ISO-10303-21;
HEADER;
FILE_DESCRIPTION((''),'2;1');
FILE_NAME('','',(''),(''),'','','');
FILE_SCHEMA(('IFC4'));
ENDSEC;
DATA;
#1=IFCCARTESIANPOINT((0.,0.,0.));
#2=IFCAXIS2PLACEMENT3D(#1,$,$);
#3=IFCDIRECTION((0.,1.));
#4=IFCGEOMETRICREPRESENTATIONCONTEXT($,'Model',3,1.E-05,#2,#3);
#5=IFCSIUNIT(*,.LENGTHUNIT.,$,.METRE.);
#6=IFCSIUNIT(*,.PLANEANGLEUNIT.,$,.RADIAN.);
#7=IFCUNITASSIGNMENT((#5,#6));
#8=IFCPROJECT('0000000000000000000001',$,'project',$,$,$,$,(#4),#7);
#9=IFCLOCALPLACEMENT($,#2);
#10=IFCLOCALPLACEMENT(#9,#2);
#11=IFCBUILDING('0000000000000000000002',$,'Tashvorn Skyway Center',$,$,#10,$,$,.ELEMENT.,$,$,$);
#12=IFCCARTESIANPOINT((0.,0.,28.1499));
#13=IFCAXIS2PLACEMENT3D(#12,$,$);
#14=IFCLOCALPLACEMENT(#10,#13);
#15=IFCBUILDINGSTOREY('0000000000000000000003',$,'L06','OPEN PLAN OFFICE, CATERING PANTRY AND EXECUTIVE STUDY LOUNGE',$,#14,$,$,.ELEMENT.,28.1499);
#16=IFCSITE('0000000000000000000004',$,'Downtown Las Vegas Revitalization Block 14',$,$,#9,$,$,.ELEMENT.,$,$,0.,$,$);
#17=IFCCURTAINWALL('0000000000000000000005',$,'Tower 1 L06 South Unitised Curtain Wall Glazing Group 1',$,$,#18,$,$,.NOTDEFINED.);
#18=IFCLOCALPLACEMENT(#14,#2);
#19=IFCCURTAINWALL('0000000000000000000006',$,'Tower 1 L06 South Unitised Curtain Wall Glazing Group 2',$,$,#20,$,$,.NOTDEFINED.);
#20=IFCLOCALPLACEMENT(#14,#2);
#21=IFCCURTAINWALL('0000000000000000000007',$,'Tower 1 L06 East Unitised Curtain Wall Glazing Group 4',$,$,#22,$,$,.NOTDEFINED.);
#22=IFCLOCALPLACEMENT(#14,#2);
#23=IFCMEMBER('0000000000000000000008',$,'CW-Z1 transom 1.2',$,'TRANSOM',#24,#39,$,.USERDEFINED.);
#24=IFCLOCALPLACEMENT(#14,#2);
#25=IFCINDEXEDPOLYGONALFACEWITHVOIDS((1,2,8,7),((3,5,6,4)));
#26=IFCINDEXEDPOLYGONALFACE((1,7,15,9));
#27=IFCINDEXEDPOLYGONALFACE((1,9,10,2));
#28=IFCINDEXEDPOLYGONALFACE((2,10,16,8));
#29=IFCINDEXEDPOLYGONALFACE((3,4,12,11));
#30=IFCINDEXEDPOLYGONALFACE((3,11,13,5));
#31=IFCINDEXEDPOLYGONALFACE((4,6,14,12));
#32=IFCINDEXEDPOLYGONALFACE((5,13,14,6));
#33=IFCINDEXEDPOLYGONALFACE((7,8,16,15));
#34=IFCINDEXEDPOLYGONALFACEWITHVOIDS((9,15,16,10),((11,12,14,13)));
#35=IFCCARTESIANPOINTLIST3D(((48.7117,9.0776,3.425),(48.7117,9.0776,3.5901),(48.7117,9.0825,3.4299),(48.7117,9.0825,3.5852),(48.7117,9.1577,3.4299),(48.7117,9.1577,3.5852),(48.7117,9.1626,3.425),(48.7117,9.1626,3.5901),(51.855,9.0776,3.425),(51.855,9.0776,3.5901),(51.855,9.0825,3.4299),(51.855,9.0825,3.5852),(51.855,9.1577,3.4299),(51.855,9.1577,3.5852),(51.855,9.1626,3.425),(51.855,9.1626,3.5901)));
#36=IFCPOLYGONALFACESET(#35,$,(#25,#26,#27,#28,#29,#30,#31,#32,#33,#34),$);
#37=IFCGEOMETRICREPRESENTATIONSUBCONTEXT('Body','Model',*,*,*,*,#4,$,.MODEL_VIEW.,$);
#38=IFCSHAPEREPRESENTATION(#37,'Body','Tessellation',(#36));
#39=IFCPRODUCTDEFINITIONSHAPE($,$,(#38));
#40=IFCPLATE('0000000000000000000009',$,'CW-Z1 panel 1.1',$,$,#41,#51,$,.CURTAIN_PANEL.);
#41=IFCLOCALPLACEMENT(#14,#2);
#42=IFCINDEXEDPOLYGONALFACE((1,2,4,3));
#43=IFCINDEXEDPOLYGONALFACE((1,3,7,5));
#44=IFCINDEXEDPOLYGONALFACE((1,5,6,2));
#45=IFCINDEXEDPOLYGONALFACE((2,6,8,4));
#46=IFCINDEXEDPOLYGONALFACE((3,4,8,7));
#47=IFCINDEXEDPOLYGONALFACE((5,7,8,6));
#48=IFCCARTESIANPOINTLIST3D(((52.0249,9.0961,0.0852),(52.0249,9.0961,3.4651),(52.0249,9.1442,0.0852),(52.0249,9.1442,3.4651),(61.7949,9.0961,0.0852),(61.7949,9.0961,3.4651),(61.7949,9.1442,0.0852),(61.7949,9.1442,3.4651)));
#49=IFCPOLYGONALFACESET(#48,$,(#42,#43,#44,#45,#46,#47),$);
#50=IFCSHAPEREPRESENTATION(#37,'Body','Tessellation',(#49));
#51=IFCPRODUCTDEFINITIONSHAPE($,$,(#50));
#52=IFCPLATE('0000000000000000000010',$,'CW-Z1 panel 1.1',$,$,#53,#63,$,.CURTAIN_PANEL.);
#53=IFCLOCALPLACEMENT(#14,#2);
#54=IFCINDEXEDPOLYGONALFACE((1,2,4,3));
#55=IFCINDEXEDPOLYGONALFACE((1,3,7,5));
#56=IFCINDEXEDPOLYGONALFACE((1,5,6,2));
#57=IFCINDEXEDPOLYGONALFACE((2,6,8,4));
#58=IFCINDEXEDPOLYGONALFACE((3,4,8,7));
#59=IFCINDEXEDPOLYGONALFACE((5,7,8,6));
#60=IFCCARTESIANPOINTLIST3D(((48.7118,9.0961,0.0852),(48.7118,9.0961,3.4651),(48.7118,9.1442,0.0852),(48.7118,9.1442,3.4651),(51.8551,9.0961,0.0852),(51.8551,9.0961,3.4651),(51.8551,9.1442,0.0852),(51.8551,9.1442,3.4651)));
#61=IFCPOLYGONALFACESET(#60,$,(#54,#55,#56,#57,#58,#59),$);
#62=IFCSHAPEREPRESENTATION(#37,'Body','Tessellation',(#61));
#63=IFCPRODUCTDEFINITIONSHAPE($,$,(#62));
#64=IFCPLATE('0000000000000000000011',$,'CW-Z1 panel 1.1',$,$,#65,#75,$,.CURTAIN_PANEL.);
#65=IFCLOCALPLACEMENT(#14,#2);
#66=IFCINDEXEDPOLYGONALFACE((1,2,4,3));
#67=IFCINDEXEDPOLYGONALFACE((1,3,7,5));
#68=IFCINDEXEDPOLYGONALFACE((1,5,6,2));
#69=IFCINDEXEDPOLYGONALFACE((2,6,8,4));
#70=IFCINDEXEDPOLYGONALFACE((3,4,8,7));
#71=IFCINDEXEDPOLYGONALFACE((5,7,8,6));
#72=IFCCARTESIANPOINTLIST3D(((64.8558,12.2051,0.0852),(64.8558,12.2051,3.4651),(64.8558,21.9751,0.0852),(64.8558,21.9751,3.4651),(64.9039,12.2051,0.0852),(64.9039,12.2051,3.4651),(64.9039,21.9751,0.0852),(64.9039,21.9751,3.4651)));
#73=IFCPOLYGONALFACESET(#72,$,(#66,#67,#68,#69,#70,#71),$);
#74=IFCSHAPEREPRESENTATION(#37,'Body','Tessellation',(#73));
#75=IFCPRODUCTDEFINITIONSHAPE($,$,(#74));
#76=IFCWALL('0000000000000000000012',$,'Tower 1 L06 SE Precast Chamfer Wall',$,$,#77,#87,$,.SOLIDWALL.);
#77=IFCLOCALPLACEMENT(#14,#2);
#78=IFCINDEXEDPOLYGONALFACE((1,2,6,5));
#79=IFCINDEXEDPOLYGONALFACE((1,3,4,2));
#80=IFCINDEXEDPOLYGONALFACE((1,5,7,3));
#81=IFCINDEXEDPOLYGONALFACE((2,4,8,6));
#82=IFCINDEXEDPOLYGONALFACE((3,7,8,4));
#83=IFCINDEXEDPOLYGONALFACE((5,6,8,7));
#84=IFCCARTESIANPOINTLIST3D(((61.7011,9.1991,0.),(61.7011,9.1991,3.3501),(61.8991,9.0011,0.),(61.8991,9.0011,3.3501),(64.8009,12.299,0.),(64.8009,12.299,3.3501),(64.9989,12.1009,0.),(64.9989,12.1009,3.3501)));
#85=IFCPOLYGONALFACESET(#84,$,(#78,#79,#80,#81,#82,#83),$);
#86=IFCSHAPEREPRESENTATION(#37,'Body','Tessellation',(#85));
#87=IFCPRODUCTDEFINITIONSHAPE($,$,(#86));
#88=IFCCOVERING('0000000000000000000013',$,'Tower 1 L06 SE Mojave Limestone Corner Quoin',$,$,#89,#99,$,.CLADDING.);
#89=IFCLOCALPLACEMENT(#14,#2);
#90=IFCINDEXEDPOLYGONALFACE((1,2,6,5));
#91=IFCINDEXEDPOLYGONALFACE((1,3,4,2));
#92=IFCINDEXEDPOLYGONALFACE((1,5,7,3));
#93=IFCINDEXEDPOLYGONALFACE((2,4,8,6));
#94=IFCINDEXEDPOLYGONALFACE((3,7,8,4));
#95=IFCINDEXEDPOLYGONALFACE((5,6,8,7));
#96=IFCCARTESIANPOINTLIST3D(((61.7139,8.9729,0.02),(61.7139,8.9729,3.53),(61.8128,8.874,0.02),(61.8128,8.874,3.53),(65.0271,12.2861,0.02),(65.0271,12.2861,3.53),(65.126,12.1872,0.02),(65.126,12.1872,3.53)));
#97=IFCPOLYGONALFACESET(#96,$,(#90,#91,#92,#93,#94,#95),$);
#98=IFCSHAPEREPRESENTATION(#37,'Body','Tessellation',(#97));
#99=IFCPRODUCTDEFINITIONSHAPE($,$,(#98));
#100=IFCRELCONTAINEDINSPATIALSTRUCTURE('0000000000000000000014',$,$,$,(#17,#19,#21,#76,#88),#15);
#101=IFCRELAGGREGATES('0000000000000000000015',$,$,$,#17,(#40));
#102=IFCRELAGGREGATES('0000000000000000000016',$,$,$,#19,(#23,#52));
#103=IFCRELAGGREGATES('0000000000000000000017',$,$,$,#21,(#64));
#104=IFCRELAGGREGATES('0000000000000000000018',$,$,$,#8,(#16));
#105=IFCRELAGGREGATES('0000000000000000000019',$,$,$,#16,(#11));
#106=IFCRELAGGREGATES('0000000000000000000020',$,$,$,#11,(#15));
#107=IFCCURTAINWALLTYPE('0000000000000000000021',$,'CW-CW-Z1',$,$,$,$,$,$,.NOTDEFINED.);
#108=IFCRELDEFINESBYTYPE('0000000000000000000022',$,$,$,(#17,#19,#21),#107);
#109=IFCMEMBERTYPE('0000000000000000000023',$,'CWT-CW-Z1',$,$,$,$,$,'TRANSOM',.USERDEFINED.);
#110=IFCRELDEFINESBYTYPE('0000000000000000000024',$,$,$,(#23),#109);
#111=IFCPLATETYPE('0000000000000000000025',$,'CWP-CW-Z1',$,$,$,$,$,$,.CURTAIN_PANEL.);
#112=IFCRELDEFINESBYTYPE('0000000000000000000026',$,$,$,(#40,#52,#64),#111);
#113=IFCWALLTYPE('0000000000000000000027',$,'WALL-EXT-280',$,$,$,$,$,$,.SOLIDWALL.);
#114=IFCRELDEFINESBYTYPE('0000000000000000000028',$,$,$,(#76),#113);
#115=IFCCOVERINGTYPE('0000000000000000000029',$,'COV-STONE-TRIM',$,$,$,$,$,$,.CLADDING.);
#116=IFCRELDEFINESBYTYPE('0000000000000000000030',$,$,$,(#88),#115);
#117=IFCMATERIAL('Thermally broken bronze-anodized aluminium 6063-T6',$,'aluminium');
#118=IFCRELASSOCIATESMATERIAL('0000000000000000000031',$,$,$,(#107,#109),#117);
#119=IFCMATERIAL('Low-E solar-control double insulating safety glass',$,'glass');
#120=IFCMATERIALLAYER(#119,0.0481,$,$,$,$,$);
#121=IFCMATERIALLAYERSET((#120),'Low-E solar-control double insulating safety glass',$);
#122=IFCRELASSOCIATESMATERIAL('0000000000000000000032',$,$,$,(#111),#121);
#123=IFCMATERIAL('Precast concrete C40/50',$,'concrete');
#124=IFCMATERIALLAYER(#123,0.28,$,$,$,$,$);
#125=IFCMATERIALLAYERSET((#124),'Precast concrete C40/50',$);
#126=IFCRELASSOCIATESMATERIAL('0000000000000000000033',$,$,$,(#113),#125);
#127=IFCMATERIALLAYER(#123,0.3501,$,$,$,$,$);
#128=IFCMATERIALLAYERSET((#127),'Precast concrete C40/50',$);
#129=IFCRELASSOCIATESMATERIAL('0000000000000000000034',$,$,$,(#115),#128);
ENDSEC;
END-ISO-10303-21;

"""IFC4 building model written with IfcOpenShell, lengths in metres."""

from ifc_helpers import new_model, si_unit, direction, frame, frame_2d, origin, origin_2d, place, context, subcontext, project, spatial, rectangle, hollow_rectangle, extrude, material, layer, layer_set, material_profile, profile_set, type_object, element, aggregate, save


model = new_model("IFC4")

# Units and contexts
model_context = context("Model", 3, precision=1e-05, world=origin(), true_north=direction((0.0, 1.0)))
body_context = subcontext(model_context, "Body", "Model", "MODEL_VIEW")
ifc_project = project(units=[si_unit("LENGTHUNIT", "METRE"), si_unit("PLANEANGLEUNIT", "RADIAN")], contexts=[model_context])

# Site, building, storey
site_placement = place(None, origin())
site = spatial("IfcSite", under=ifc_project, at=site_placement, Name="Downtown Las Vegas Revitalization Block 14", CompositionType="ELEMENT", RefElevation=0.0)
building_placement = place(site_placement, origin())
building = spatial("IfcBuilding", under=site, at=building_placement, Name="Tashvorn Skyway Center", CompositionType="ELEMENT")
storey_placement = place(building_placement, frame((0.0, 0.0, 28.1499)))
storey = spatial("IfcBuildingStorey", under=building, at=storey_placement, Name="L06", Description="OPEN PLAN OFFICE, CATERING PANTRY AND EXECUTIVE STUDY LOUNGE", CompositionType="ELEMENT", Elevation=28.1499)

# Curtain wall
ifc_material_1 = material(Name="Thermally broken bronze-anodized aluminium 6063-T6", Category="aluminium")
curtain_wall_type = type_object("IfcCurtainWallType", Name="CW-CW-Z1", PredefinedType="NOTDEFINED", material=ifc_material_1)
curtain_wall_1_placement = place(storey_placement, origin())
curtain_wall_1 = element("IfcCurtainWall", 1, at=curtain_wall_1_placement, inside=storey, type_object=curtain_wall_type, Name="Tower 1 L06 South Unitised Curtain Wall Glazing Group 1", PredefinedType="NOTDEFINED")

# Curtain walls
curtain_wall_2_placement = place(storey_placement, origin())
curtain_wall_2 = element("IfcCurtainWall", 2, at=curtain_wall_2_placement, inside=storey, type_object=curtain_wall_type, Name="Tower 1 L06 South Unitised Curtain Wall Glazing Group 2", PredefinedType="NOTDEFINED")
curtain_wall_3_placement = place(storey_placement, origin())
curtain_wall_3 = element("IfcCurtainWall", 3, at=curtain_wall_3_placement, inside=storey, type_object=curtain_wall_type, Name="Tower 1 L06 East Unitised Curtain Wall Glazing Group 4", PredefinedType="NOTDEFINED")

# Member
ifc_material_profile_1 = material_profile(ifc_material_1, hollow_rectangle(XDim=0.085, YDim=0.165, WallThickness=0.0049, at=origin_2d()), Name="ALU-TRAN-85x165")
ifc_profile_set_1 = profile_set([ifc_material_profile_1], Name="Thermally broken bronze-anodized aluminium 6063-T6")
member_type_1 = type_object("IfcMemberType", Name="CWT-CW-Z1", ElementType="TRANSOM", PredefinedType="USERDEFINED", material=ifc_profile_set_1)
member_1_placement = place(storey_placement, frame((51.855, 9.1201, 3.5076), z_axis=(-1.0, 0.0, 0.0), x_axis=(0.0, -1.0, 0.0)))
member_1 = element("IfcMember", 4, at=member_1_placement, type_object=member_type_1, Name="CW-Z1 transom 1.2", ObjectType="TRANSOM", PredefinedType="USERDEFINED", context=body_context, shape_type="SweptSolid", body=[
    extrude(hollow_rectangle(XDim=0.085, YDim=0.165, WallThickness=0.0049, at=origin_2d()), origin(), (0.0, 0.0, 1.0), 3.1433),
])

# Plates
ifc_material_2 = material(Name="Low-E solar-control double insulating safety glass", Category="glass")
ifc_layer_1 = layer(ifc_material_2, 0.0481)
ifc_layer_set_1 = layer_set([ifc_layer_1], Name="Low-E solar-control double insulating safety glass")
plate_type = type_object("IfcPlateType", Name="CWP-CW-Z1", PredefinedType="CURTAIN_PANEL", material=ifc_layer_set_1)
plate_1_placement = place(storey_placement, frame((56.9099, 9.1201, 0.0852), z_axis=(0.0, 0.0, 1.0), x_axis=(-1.0, 0.0, 0.0)))
plate_1 = element("IfcPlate", 5, at=plate_1_placement, type_object=plate_type, Name="CW-Z1 panel 1.1", PredefinedType="CURTAIN_PANEL", context=body_context, shape_type="SweptSolid", body=[
    extrude(rectangle(XDim=9.77, YDim=0.0481, at=origin_2d()), origin(), (0.0, 0.0, 1.0), 3.3799),
])
aggregate(curtain_wall_1, [plate_1])
plate_2_placement = place(storey_placement, frame((50.2834, 9.1201, 0.0852), z_axis=(0.0, 0.0, 1.0), x_axis=(-1.0, 0.0, 0.0)))
plate_2 = element("IfcPlate", 6, at=plate_2_placement, type_object=plate_type, Name="CW-Z1 panel 1.1", PredefinedType="CURTAIN_PANEL", context=body_context, shape_type="SweptSolid", body=[
    extrude(rectangle(XDim=3.1433, YDim=0.0481, at=origin_2d()), origin(), (0.0, 0.0, 1.0), 3.3799),
])
aggregate(curtain_wall_2, [member_1, plate_2])
plate_3_placement = place(storey_placement, frame((64.8799, 17.0901, 0.0852), z_axis=(0.0, 0.0, 1.0), x_axis=(0.0, -1.0, 0.0)))
plate_3 = element("IfcPlate", 7, at=plate_3_placement, type_object=plate_type, Name="CW-Z1 panel 1.1", PredefinedType="CURTAIN_PANEL", context=body_context, shape_type="SweptSolid", body=[
    extrude(rectangle(XDim=9.77, YDim=0.0481, at=origin_2d()), origin(), (0.0, 0.0, 1.0), 3.3799),
])
aggregate(curtain_wall_3, [plate_3])

# Wall
ifc_material_3 = material(Name="Precast concrete C40/50", Category="concrete")
ifc_layer_2 = layer(ifc_material_3, 0.28)
ifc_layer_set_2 = layer_set([ifc_layer_2], Name="Precast concrete C40/50")
wall_type = type_object("IfcWallType", Name="WALL-EXT-280", PredefinedType="SOLIDWALL", material=ifc_layer_set_2)
wall_placement = place(storey_placement, frame((64.8999, 12.2, 0.0), z_axis=(0.0, 0.0, 1.0), x_axis=(-0.707107, -0.707107, 0.0)))
element("IfcWall", 8, at=wall_placement, inside=storey, type_object=wall_type, Name="Tower 1 L06 SE Precast Chamfer Wall", PredefinedType="SOLIDWALL", context=body_context, shape_type="SweptSolid", body=[
    extrude(rectangle(XDim=4.3838, YDim=0.28, at=frame_2d((2.1919, 0.0))), origin(), (0.0, 0.0, 1.0), 3.3501),
])

# Covering
ifc_layer_3 = layer(ifc_material_3, 0.3501)
ifc_layer_set_3 = layer_set([ifc_layer_3], Name="Precast concrete C40/50")
covering_type = type_object("IfcCoveringType", Name="COV-STONE-TRIM", PredefinedType="CLADDING", material=ifc_layer_set_3)
covering_placement = place(storey_placement, frame((63.4199, 10.5801, 0.02), z_axis=(0.0, 0.0, 1.0), x_axis=(0.707107, 0.707107, 0.0)))
element("IfcCovering", 9, at=covering_placement, inside=storey, type_object=covering_type, Name="Tower 1 L06 SE Mojave Limestone Corner Quoin", PredefinedType="CLADDING", context=body_context, shape_type="SweptSolid", body=[
    extrude(rectangle(XDim=4.6855, YDim=0.1399, at=origin_2d()), origin(), (0.0, 0.0, 1.0), 3.51),
])

save(model, "model.ifc")
